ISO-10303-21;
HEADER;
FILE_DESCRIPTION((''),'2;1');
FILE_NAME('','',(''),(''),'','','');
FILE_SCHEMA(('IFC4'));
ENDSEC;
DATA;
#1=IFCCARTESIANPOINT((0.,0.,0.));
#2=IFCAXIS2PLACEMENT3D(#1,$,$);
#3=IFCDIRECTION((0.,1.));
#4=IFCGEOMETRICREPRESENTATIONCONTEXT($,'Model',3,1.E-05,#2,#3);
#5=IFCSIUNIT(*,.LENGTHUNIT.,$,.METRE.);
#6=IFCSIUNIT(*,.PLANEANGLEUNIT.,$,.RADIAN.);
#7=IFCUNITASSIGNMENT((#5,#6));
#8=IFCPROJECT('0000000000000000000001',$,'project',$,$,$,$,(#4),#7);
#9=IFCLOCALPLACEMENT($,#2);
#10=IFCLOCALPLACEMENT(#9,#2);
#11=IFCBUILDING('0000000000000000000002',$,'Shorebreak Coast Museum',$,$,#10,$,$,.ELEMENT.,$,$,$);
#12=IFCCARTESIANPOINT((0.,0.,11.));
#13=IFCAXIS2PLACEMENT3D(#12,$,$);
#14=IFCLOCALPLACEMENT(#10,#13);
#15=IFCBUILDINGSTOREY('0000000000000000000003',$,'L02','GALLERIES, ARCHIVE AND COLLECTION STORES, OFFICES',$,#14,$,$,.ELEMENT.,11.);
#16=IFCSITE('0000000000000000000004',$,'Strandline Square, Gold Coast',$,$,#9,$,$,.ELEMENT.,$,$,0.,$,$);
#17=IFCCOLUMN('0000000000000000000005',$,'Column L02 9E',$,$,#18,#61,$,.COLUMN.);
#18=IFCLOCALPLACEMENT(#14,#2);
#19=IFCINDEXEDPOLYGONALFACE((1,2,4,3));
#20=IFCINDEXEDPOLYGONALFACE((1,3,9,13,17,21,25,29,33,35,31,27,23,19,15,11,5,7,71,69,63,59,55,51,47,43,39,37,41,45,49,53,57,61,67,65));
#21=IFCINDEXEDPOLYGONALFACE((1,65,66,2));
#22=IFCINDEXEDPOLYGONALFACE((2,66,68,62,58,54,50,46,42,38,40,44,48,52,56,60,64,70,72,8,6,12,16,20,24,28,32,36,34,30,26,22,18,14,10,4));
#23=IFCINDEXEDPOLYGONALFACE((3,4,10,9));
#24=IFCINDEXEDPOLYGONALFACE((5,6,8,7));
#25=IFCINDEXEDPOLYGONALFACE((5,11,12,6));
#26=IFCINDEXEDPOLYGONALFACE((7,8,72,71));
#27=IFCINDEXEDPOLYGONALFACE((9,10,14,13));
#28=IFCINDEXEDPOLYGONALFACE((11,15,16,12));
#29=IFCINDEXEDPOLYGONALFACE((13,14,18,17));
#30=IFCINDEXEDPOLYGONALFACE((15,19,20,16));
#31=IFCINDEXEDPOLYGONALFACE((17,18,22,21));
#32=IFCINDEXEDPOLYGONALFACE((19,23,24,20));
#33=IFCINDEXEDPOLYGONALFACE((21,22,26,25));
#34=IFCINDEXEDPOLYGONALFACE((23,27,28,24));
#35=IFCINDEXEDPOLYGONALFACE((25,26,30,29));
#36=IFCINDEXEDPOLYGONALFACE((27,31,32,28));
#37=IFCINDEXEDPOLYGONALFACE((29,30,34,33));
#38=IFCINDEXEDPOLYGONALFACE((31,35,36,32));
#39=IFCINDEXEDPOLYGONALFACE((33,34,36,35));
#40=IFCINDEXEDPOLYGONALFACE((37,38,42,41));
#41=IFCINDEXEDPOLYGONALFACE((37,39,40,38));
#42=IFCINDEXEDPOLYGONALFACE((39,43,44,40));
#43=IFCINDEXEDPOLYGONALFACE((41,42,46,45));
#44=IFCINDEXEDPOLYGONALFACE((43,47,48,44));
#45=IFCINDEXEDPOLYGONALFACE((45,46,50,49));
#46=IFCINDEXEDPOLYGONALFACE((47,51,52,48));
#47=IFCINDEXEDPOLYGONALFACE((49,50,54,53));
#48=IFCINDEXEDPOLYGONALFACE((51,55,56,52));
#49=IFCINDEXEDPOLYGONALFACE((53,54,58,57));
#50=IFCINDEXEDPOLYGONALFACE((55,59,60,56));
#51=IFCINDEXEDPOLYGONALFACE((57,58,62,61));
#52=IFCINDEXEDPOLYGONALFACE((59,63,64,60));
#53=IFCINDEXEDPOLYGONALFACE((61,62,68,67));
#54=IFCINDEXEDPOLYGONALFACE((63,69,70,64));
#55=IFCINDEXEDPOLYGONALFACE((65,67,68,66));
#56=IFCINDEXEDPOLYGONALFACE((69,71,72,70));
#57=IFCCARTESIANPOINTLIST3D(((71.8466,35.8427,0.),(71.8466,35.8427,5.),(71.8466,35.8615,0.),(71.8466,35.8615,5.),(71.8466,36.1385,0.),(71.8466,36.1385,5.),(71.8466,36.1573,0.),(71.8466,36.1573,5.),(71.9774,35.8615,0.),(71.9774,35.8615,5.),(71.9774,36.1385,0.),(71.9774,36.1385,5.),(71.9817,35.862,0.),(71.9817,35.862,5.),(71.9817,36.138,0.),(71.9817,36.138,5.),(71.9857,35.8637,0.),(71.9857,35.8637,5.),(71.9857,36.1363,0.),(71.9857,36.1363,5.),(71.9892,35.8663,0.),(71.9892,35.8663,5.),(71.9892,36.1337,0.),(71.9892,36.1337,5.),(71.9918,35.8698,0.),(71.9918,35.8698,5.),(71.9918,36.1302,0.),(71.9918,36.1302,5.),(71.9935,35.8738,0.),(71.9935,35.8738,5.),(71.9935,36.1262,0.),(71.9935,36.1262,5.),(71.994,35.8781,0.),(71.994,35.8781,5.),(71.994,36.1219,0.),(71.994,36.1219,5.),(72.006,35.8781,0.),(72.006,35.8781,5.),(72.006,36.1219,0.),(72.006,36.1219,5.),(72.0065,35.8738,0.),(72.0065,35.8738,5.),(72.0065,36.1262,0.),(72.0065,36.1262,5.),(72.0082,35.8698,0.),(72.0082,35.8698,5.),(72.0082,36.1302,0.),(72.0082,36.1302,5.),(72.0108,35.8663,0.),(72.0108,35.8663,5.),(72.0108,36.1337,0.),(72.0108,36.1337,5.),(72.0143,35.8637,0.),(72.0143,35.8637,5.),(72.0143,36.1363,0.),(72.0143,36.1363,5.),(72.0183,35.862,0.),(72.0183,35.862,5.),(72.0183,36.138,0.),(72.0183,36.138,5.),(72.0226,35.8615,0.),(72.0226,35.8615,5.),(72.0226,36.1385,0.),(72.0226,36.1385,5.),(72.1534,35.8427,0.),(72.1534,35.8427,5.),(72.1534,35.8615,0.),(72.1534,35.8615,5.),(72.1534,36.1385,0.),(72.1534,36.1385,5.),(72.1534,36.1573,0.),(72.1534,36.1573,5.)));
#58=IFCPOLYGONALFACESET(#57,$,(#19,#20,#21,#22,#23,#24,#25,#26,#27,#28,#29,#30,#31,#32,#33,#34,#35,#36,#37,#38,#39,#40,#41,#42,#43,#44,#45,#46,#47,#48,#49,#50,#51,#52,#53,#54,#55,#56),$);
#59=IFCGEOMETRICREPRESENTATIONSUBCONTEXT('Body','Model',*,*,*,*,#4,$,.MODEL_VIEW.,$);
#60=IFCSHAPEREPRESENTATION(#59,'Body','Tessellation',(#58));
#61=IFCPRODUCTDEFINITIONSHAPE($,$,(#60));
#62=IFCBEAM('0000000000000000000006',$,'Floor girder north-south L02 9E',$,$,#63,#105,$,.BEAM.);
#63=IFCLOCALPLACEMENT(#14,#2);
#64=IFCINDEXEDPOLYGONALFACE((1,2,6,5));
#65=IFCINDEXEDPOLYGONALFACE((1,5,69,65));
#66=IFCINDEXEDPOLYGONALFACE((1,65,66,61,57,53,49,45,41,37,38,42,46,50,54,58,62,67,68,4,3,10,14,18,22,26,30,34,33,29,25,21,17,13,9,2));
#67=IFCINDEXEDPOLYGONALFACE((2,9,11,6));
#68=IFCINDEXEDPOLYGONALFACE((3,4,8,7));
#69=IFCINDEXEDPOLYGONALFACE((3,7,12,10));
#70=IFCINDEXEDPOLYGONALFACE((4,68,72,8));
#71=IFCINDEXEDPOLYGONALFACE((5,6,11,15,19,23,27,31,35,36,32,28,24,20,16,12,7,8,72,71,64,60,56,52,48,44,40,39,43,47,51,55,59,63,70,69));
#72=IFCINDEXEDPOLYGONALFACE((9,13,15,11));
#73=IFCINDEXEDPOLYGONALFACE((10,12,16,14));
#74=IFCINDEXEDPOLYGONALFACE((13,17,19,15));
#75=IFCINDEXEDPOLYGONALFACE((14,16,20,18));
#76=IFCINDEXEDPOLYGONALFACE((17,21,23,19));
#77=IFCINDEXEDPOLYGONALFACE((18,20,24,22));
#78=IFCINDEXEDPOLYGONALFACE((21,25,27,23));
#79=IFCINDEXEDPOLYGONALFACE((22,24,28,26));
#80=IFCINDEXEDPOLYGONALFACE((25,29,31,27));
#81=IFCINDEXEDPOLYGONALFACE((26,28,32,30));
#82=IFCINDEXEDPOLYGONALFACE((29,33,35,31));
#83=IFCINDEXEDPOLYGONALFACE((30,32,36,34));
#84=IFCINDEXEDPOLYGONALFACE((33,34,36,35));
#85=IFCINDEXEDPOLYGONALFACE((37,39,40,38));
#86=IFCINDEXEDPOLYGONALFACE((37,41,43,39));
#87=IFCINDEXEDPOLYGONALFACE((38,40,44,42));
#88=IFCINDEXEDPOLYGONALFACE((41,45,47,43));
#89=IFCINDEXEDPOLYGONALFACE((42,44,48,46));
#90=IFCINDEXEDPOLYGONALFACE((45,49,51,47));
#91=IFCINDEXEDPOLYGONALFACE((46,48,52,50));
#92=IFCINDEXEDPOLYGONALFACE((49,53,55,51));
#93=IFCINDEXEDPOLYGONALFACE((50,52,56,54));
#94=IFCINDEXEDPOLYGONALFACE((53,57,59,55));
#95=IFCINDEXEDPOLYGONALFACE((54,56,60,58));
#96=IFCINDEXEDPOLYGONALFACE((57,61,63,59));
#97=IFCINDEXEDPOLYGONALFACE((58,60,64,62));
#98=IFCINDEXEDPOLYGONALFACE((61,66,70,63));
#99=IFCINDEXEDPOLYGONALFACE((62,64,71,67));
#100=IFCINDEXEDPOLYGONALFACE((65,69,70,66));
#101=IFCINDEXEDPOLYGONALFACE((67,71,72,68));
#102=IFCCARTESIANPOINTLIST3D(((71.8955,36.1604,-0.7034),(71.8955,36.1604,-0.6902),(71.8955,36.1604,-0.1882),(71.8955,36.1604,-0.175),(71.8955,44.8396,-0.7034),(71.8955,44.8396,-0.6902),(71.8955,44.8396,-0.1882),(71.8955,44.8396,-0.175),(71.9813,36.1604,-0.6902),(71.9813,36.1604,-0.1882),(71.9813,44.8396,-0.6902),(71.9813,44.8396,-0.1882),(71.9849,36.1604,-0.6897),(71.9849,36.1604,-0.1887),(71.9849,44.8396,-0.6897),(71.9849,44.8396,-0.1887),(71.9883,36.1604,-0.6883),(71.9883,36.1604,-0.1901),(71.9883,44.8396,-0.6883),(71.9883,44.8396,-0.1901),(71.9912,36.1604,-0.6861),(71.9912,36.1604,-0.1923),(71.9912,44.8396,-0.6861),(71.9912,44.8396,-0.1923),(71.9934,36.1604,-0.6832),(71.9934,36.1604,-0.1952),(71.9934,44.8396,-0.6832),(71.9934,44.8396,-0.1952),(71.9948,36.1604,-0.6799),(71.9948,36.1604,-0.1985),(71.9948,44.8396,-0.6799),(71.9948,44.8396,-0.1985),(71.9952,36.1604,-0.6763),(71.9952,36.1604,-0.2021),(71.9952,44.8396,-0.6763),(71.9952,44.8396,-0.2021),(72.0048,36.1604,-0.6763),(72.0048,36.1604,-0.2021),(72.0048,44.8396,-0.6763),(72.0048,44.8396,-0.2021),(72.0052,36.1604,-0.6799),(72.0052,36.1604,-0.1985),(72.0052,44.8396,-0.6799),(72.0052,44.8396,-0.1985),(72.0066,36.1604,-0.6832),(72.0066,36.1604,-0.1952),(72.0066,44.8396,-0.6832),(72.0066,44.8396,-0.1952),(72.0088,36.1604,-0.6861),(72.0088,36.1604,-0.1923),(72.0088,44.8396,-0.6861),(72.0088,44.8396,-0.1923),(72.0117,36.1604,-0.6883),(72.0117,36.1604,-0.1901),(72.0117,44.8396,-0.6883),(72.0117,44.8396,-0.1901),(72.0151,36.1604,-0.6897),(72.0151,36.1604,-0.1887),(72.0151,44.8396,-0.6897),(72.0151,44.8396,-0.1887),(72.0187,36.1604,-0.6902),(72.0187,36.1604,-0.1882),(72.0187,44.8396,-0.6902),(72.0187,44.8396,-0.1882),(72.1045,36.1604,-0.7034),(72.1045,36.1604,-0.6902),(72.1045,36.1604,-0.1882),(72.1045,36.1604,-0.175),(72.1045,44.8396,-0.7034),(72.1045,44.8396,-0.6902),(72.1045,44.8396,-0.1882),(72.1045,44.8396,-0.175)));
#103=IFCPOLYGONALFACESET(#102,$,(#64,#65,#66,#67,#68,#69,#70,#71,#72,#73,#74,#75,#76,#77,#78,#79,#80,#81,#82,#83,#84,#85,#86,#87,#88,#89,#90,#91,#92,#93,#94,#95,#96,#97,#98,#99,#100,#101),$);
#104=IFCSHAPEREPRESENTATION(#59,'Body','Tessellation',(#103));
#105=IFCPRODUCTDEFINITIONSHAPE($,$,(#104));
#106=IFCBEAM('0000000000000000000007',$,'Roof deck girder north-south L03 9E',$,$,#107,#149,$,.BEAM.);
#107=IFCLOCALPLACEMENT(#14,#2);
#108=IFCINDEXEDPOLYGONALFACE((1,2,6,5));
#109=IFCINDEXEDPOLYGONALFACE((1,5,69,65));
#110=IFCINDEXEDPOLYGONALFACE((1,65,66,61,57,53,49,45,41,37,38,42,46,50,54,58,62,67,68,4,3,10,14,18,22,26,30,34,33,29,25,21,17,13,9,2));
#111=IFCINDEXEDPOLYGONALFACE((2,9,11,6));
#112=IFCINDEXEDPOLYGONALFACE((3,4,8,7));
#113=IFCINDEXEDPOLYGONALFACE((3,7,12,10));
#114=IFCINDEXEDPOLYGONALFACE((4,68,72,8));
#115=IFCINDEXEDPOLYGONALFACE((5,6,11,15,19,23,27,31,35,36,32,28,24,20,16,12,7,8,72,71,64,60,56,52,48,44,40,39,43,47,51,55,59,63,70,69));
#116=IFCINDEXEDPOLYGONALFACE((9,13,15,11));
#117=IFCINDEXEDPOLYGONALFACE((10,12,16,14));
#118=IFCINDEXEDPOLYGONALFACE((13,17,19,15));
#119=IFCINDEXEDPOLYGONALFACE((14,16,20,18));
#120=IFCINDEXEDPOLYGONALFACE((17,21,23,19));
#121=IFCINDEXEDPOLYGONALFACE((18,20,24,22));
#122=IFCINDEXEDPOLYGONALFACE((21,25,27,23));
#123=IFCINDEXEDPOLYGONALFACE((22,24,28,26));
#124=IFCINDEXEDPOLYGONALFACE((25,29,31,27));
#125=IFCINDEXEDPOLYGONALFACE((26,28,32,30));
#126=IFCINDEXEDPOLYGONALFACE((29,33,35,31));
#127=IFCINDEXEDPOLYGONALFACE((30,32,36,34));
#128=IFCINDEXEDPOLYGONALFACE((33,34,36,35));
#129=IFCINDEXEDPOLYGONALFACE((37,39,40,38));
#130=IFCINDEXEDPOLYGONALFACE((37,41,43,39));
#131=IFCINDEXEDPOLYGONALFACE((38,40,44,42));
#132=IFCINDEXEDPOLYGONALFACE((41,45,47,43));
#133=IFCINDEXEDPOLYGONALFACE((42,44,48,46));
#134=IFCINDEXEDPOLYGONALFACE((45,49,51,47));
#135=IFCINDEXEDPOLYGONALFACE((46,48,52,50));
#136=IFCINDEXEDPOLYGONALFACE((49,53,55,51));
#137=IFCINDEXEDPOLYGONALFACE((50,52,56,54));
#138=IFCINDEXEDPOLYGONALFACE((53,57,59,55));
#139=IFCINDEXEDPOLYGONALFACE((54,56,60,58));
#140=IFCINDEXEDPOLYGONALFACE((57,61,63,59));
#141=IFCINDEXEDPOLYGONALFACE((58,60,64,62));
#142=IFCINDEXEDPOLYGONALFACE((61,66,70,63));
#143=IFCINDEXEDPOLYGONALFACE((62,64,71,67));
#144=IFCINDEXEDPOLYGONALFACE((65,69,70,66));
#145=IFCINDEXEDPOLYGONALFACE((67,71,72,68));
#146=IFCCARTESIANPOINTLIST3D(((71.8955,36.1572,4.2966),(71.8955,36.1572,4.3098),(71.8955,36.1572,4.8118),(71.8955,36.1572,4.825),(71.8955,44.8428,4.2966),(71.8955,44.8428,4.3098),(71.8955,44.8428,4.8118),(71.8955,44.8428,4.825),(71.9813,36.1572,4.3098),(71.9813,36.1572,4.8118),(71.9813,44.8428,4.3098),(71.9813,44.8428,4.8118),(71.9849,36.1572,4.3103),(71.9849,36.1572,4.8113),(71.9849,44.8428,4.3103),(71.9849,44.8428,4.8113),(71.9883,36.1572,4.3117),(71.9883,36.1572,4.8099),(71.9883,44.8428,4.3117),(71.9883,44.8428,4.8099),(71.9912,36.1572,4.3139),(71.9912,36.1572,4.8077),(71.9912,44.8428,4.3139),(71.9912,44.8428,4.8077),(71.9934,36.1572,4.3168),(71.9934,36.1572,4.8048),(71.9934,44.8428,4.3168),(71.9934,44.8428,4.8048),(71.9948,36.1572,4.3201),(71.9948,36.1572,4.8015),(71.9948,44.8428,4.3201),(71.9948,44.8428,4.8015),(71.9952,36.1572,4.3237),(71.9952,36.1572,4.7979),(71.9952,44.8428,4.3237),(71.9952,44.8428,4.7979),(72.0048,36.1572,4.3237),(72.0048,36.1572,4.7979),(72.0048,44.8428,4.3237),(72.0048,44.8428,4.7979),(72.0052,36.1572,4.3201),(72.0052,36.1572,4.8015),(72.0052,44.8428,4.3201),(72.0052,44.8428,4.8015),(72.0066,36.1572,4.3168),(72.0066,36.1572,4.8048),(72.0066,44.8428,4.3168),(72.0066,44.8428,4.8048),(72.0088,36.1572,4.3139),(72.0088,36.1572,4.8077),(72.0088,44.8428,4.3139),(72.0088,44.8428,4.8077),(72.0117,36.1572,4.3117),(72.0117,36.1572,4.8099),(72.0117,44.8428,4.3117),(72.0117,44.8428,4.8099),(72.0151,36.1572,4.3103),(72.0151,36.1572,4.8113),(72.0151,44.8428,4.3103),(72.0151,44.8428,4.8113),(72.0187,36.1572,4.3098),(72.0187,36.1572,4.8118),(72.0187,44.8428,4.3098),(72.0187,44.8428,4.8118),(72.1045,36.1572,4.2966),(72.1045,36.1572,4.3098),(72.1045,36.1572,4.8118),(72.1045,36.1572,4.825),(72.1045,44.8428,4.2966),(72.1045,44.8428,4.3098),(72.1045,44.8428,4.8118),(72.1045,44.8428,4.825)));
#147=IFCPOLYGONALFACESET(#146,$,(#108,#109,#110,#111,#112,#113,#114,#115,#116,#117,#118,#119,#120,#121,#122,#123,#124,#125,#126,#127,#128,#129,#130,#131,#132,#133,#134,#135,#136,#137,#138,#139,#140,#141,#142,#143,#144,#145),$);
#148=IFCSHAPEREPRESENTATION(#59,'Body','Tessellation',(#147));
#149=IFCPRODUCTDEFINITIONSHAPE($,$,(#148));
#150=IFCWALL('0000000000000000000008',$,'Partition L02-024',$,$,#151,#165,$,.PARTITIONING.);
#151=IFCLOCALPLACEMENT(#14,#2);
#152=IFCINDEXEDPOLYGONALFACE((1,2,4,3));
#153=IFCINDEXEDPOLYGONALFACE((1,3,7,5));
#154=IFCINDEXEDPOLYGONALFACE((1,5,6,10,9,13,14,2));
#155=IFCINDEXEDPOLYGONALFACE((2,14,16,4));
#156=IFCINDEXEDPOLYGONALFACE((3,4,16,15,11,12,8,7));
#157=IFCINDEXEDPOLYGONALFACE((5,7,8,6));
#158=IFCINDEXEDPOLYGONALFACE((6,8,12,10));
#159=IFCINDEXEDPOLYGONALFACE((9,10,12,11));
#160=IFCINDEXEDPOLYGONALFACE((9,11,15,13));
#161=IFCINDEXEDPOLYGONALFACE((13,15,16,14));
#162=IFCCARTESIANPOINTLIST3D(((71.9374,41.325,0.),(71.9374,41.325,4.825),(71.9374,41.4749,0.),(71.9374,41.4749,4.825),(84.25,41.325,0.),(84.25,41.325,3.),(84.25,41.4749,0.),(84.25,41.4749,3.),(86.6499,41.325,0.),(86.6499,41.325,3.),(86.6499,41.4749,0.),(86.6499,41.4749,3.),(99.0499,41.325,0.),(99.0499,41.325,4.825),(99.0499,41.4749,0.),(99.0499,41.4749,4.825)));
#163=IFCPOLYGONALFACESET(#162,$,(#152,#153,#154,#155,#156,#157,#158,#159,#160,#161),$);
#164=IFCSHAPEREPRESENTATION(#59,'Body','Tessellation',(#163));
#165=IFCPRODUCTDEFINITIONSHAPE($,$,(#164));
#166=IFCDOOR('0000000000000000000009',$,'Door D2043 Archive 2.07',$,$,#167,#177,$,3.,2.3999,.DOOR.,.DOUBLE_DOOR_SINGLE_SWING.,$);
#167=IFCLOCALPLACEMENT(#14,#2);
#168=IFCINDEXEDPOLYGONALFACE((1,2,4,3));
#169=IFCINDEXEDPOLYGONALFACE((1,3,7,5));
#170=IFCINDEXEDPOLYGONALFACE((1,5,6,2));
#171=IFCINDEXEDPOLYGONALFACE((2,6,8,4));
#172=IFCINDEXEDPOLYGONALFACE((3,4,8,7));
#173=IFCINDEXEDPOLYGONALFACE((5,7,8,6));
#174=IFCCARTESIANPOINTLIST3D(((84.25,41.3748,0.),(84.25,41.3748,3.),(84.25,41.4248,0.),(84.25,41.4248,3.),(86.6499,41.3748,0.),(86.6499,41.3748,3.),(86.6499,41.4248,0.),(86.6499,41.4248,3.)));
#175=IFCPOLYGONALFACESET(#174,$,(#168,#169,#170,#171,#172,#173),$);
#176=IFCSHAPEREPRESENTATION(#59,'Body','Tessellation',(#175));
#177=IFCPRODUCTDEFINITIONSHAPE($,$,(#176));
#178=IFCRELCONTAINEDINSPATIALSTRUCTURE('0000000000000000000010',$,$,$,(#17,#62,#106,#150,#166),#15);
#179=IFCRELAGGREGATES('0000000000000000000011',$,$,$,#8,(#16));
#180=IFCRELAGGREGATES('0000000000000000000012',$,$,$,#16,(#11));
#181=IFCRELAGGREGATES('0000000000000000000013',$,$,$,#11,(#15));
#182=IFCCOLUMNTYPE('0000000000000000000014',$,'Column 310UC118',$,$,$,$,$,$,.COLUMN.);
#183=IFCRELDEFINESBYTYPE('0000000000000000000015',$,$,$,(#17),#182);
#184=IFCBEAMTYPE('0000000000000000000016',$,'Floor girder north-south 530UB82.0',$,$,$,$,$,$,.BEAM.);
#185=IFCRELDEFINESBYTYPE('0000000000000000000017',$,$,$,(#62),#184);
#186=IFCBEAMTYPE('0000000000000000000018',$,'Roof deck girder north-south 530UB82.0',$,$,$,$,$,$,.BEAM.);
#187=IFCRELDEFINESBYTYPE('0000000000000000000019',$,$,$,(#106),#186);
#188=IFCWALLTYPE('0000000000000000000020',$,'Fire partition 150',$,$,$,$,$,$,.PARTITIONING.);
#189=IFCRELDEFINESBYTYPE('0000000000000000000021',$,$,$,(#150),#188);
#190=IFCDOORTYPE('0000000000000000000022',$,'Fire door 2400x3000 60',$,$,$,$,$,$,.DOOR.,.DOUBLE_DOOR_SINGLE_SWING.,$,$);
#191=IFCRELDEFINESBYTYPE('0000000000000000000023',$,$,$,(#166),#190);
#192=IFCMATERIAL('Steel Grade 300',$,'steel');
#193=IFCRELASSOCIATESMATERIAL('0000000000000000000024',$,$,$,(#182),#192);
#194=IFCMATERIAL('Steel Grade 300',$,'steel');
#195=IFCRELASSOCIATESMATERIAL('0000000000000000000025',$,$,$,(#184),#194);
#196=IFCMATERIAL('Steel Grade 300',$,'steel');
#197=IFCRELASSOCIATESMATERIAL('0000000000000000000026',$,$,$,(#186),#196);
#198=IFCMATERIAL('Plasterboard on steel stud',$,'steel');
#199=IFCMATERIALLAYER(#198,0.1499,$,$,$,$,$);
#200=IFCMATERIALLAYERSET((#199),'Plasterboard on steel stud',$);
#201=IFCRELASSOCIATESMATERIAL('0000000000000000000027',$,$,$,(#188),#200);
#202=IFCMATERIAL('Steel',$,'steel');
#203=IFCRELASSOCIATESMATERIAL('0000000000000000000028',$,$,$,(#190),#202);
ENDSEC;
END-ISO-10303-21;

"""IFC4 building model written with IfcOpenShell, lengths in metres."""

from ifc_helpers import new_model, si_unit, direction, frame, frame_2d, origin, origin_2d, place, context, subcontext, project, spatial, rectangle, i_section, extrude, material, layer, layer_set, material_profile, profile_set, type_object, element, fill, save


model = new_model("IFC4")

# Units and contexts
model_context = context("Model", 3, precision=1e-05, world=origin(), true_north=direction((0.0, 1.0)))
body_context = subcontext(model_context, "Body", "Model", "MODEL_VIEW")
ifc_project = project(units=[si_unit("LENGTHUNIT", "METRE"), si_unit("PLANEANGLEUNIT", "RADIAN")], contexts=[model_context])

# Site, building, storey
site_placement = place(None, origin())
site = spatial("IfcSite", under=ifc_project, at=site_placement, Name="Strandline Square, Gold Coast", CompositionType="ELEMENT", RefElevation=0.0)
building_placement = place(site_placement, origin())
building = spatial("IfcBuilding", under=site, at=building_placement, Name="Shorebreak Coast Museum", CompositionType="ELEMENT")
storey_placement = place(building_placement, frame((0.0, 0.0, 11.0)))
storey = spatial("IfcBuildingStorey", under=building, at=storey_placement, Name="L02", Description="GALLERIES, ARCHIVE AND COLLECTION STORES, OFFICES", CompositionType="ELEMENT", Elevation=11.0)

# Column
ifc_material_1 = material(Name="Steel Grade 300", Category="steel")
ifc_material_profile_1 = material_profile(ifc_material_1, i_section(OverallWidth=0.3069, OverallDepth=0.3147, WebThickness=0.012, FlangeThickness=0.0188, FilletRadius=0.0166, at=origin_2d()), Name="310UC118")
ifc_profile_set_1 = profile_set([ifc_material_profile_1], Name="Steel Grade 300")
column_type = type_object("IfcColumnType", Name="Column 310UC118", PredefinedType="COLUMN", material=ifc_profile_set_1)
column_placement = place(storey_placement, frame((72.0, 36.0, 0.0), z_axis=(0.0, 0.0, 1.0), x_axis=(1.0, 0.0, 0.0)))
element("IfcColumn", 1, at=column_placement, inside=storey, type_object=column_type, Name="Column L02 9E", PredefinedType="COLUMN", context=body_context, shape_type="SweptSolid", body=[
    extrude(i_section(OverallWidth=0.3069, OverallDepth=0.3147, WebThickness=0.012, FlangeThickness=0.0188, FilletRadius=0.0166, at=origin_2d()), origin(), (0.0, 0.0, 1.0), 5.0),
])

# Beams
ifc_material_2 = material(Name="Steel Grade 300", Category="steel")
ifc_material_profile_2 = material_profile(ifc_material_2, i_section(OverallWidth=0.209, OverallDepth=0.5283, WebThickness=0.0095, FlangeThickness=0.0132, FilletRadius=0.0139, at=origin_2d()), Name="530UB82.0")
ifc_profile_set_2 = profile_set([ifc_material_profile_2], Name="Steel Grade 300")
beam_type_1 = type_object("IfcBeamType", Name="Floor girder north-south 530UB82.0", PredefinedType="BEAM", material=ifc_profile_set_2)
beam_1_placement = place(storey_placement, frame((72.0, 36.1604, -0.4392), z_axis=(0.0, 1.0, 0.0), x_axis=(-1.0, 0.0, 0.0)))
element("IfcBeam", 2, at=beam_1_placement, inside=storey, type_object=beam_type_1, Name="Floor girder north-south L02 9E", PredefinedType="BEAM", context=body_context, shape_type="SweptSolid", body=[
    extrude(i_section(OverallWidth=0.209, OverallDepth=0.5283, WebThickness=0.0095, FlangeThickness=0.0132, FilletRadius=0.0139, at=origin_2d()), origin(), (0.0, 0.0, 1.0), 8.6792),
])
ifc_material_3 = material(Name="Steel Grade 300", Category="steel")
ifc_material_profile_3 = material_profile(ifc_material_3, i_section(OverallWidth=0.209, OverallDepth=0.5283, WebThickness=0.0095, FlangeThickness=0.0132, FilletRadius=0.0139, at=origin_2d()), Name="530UB82.0")
ifc_profile_set_3 = profile_set([ifc_material_profile_3], Name="Steel Grade 300")
beam_type_2 = type_object("IfcBeamType", Name="Roof deck girder north-south 530UB82.0", PredefinedType="BEAM", material=ifc_profile_set_3)
beam_2_placement = place(storey_placement, frame((72.0, 36.1572, 4.5608), z_axis=(0.0, 1.0, 0.0), x_axis=(-1.0, 0.0, 0.0)))
element("IfcBeam", 3, at=beam_2_placement, inside=storey, type_object=beam_type_2, Name="Roof deck girder north-south L03 9E", PredefinedType="BEAM", context=body_context, shape_type="SweptSolid", body=[
    extrude(i_section(OverallWidth=0.209, OverallDepth=0.5283, WebThickness=0.0095, FlangeThickness=0.0132, FilletRadius=0.0139, at=origin_2d()), origin(), (0.0, 0.0, 1.0), 8.6855),
])

# Wall, opening, door
ifc_material_4 = material(Name="Plasterboard on steel stud", Category="steel")
ifc_layer_1 = layer(ifc_material_4, 0.1499)
ifc_layer_set_1 = layer_set([ifc_layer_1], Name="Plasterboard on steel stud")
wall_type_1 = type_object("IfcWallType", Name="Fire partition 150", PredefinedType="PARTITIONING", material=ifc_layer_set_1)
wall_1_placement = place(storey_placement, frame((71.9375, 41.3999, 0.0), z_axis=(0.0, 0.0, 1.0), x_axis=(1.0, 0.0, 0.0)))
wall_1 = element("IfcWall", 4, at=wall_1_placement, inside=storey, type_object=wall_type_1, Name="Partition L02-024", PredefinedType="PARTITIONING", context=body_context, shape_type="SweptSolid", body=[
    extrude(rectangle(XDim=27.1125, YDim=0.1499, at=frame_2d((13.5562, 0.0))), origin(), (0.0, 0.0, 1.0), 4.825),
])
opening_1_placement = place(wall_1_placement, frame((12.3125, 0.0, 0.0)))
opening_1 = element("IfcOpeningElement", 5, at=opening_1_placement, cuts=wall_1, PredefinedType="OPENING", context=body_context, shape_type="SweptSolid", body=[
    extrude(rectangle(XDim=2.3999, YDim=3.0, at=frame_2d((1.2, 1.5))), frame((0.0, 0.085, 0.0), z_axis=(0.0, -1.0, 0.0), x_axis=(1.0, 0.0, 0.0)), (0.0, 0.0, 1.0), 0.1699),
])
ifc_material_5 = material(Name="Steel", Category="steel")
door_type_1 = type_object("IfcDoorType", Name="Fire door 2400x3000 60", OperationType="DOUBLE_DOOR_SINGLE_SWING", PredefinedType="DOOR", material=ifc_material_5)
door_1_placement = place(opening_1_placement, origin())
door_1 = element("IfcDoor", 6, at=door_1_placement, inside=storey, type_object=door_type_1, Name="Door D2043 Archive 2.07", OperationType="DOUBLE_DOOR_SINGLE_SWING", OverallHeight=3.0, OverallWidth=2.3999, PredefinedType="DOOR", context=body_context, shape_type="SweptSolid", body=[
    extrude(rectangle(XDim=2.3999, YDim=3.0, at=frame_2d((1.2, 1.5))), frame((0.0, 0.0249, 0.0), z_axis=(0.0, -1.0, 0.0), x_axis=(1.0, 0.0, 0.0)), (0.0, 0.0, 1.0), 0.05),
])
fill(opening_1, door_1)

save(model, "model.ifc")
